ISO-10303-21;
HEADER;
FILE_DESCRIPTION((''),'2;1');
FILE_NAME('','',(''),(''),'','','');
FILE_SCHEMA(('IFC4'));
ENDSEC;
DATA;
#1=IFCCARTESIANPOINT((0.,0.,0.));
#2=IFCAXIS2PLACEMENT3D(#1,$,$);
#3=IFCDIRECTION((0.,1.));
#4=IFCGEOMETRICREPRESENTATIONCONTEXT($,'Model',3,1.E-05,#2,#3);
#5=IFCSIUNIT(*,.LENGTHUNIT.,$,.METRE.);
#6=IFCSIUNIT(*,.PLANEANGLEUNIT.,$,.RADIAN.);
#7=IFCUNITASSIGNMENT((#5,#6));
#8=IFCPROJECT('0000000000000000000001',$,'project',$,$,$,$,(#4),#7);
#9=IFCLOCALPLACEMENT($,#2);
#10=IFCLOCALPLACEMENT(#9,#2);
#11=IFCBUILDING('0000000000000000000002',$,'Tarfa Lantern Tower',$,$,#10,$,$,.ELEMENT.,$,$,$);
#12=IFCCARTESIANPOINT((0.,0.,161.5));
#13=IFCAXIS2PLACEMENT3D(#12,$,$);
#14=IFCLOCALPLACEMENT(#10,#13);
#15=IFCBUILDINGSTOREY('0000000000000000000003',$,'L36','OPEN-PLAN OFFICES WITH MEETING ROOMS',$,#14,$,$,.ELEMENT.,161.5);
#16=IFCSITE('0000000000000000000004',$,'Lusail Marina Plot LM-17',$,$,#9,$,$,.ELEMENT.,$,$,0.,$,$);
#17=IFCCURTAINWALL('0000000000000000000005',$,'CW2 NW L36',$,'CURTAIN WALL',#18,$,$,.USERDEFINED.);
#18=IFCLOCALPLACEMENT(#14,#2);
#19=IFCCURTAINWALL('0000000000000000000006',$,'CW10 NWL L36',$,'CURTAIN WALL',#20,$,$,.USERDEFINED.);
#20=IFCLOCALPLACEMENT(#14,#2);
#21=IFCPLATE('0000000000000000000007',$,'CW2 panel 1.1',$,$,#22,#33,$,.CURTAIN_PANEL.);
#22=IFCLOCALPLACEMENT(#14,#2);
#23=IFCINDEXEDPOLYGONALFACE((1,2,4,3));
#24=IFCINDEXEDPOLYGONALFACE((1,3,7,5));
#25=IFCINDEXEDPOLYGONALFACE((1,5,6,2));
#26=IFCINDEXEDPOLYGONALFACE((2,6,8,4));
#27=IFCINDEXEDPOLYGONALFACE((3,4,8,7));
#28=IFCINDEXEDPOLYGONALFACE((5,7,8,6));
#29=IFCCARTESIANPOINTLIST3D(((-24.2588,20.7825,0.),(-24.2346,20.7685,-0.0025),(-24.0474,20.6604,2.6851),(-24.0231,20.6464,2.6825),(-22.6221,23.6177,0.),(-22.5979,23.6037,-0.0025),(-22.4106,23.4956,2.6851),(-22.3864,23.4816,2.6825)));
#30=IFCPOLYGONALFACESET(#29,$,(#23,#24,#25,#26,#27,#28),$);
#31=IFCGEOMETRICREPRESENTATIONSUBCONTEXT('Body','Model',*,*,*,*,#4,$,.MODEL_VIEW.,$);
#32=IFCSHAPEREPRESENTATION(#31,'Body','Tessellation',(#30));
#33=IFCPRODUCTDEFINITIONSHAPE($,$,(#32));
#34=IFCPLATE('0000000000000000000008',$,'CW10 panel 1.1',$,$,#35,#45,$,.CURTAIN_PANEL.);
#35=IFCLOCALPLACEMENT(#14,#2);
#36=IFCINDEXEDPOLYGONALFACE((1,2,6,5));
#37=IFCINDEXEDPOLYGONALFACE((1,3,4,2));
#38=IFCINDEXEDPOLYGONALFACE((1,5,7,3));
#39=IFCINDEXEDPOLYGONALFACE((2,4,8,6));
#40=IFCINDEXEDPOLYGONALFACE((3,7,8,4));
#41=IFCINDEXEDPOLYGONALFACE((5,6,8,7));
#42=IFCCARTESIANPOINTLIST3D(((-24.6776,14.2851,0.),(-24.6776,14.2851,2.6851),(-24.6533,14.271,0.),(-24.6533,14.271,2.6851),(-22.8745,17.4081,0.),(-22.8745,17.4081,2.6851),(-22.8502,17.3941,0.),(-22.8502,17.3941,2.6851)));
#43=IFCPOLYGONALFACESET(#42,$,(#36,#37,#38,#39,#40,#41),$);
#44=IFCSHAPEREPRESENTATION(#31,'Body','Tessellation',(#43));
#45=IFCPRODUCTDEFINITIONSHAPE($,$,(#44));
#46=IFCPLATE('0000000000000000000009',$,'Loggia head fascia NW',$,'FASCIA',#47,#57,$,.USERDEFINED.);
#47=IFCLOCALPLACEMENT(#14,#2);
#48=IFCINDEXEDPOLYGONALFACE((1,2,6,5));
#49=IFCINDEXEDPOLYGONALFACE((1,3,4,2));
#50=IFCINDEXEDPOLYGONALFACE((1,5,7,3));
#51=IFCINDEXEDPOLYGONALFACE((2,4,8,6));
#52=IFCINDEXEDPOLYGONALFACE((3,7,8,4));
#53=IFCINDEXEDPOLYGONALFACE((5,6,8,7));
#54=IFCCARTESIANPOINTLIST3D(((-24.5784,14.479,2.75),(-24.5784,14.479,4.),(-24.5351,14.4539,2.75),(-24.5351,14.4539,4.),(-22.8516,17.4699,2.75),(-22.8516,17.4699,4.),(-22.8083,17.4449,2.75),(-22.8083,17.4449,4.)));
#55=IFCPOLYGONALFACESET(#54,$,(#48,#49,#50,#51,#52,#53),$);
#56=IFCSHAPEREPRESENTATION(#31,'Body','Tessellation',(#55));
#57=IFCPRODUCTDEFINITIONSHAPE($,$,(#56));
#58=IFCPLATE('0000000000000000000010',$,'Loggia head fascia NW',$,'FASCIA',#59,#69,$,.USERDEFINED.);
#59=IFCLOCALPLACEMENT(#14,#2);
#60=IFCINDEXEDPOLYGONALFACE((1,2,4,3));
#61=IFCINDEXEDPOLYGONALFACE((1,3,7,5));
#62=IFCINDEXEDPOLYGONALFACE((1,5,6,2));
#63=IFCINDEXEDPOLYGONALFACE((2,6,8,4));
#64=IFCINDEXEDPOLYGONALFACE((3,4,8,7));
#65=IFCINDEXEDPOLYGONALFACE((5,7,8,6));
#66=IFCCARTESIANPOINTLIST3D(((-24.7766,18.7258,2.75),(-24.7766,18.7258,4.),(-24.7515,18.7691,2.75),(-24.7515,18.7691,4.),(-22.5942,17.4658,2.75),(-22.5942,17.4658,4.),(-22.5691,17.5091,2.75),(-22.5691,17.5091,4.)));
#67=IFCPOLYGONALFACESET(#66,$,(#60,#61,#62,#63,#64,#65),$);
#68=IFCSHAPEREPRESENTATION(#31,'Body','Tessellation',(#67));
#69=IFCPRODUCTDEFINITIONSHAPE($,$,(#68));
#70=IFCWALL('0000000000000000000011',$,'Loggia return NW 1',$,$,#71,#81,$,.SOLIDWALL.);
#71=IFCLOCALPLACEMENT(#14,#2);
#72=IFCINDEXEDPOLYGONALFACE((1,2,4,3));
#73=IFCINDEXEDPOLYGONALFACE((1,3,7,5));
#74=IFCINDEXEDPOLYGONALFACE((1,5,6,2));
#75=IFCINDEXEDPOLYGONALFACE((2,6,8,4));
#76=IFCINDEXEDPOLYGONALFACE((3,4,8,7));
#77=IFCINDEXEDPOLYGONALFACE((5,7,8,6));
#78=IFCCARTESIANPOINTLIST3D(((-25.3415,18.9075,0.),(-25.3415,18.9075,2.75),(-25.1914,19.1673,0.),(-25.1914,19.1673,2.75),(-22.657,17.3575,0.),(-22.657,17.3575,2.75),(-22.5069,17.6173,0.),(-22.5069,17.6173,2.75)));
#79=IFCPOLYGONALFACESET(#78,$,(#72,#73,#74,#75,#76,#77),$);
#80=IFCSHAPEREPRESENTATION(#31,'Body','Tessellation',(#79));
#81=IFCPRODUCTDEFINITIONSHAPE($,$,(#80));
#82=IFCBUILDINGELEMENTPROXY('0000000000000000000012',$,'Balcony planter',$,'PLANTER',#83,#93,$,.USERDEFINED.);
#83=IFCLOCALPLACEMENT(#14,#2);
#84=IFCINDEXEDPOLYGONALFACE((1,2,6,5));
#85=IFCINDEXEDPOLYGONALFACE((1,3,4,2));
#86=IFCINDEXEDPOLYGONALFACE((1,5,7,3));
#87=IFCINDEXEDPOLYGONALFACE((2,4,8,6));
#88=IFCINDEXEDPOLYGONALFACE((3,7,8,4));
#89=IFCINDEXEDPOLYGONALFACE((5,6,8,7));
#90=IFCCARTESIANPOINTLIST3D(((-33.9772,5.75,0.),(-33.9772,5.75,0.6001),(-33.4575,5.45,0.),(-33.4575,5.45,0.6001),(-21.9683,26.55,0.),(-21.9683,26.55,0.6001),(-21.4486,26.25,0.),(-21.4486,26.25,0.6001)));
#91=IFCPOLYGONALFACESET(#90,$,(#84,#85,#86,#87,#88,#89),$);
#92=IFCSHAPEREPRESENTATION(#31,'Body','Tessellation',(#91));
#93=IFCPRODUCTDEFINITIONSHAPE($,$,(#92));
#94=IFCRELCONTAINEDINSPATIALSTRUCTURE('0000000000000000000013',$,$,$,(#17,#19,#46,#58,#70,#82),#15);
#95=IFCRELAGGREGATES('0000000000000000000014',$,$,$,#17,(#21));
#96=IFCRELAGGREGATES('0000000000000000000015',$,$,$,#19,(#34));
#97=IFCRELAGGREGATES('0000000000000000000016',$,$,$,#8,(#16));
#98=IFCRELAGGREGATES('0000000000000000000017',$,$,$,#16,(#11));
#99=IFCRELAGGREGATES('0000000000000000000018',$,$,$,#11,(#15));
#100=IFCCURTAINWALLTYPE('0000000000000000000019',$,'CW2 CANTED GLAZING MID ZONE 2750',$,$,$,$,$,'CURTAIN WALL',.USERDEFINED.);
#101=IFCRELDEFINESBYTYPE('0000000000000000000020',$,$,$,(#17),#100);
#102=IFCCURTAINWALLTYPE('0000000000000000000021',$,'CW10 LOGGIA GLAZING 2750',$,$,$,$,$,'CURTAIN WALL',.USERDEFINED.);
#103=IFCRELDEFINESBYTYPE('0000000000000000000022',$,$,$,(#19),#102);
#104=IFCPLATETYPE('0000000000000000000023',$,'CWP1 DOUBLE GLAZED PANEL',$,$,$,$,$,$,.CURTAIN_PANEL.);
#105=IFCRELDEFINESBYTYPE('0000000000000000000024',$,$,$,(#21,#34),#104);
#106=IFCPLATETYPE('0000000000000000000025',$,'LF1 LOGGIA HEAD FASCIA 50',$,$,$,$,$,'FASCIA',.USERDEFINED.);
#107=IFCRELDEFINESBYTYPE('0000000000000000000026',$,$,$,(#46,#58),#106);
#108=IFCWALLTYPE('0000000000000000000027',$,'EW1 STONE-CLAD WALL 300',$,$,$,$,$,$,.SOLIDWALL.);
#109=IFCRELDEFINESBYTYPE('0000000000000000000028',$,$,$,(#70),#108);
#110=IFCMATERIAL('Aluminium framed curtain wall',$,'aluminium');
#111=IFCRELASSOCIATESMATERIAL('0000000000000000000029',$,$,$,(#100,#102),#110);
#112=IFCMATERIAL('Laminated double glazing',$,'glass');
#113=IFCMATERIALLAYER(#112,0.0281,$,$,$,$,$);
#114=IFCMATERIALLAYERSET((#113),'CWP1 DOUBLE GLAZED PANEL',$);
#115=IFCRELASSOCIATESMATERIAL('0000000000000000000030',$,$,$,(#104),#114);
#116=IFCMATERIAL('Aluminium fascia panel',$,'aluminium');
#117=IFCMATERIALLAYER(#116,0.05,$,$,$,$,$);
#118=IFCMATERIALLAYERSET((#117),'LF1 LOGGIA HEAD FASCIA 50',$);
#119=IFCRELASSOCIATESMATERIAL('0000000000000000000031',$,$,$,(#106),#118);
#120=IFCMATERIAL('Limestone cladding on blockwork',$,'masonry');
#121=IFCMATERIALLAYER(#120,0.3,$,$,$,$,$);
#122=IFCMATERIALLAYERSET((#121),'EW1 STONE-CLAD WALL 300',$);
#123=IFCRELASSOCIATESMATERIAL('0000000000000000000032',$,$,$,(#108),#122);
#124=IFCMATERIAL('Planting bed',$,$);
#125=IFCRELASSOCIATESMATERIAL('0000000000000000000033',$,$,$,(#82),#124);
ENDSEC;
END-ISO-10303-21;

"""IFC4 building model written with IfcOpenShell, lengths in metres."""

from ifc_helpers import new_model, si_unit, direction, frame, frame_2d, origin, origin_2d, place, context, subcontext, project, spatial, polyline, rectangle, outline, extrude, material, layer, layer_set, type_object, element, aggregate, save


model = new_model("IFC4")

# Units and contexts
model_context = context("Model", 3, precision=1e-05, world=origin(), true_north=direction((0.0, 1.0)))
body_context = subcontext(model_context, "Body", "Model", "MODEL_VIEW")
ifc_project = project(units=[si_unit("LENGTHUNIT", "METRE"), si_unit("PLANEANGLEUNIT", "RADIAN")], contexts=[model_context])

# Site, building, storey
site_placement = place(None, origin())
site = spatial("IfcSite", under=ifc_project, at=site_placement, Name="Lusail Marina Plot LM-17", CompositionType="ELEMENT", RefElevation=0.0)
building_placement = place(site_placement, origin())
building = spatial("IfcBuilding", under=site, at=building_placement, Name="Tarfa Lantern Tower", CompositionType="ELEMENT")
storey_placement = place(building_placement, frame((0.0, 0.0, 161.5)))
storey = spatial("IfcBuildingStorey", under=building, at=storey_placement, Name="L36", Description="OPEN-PLAN OFFICES WITH MEETING ROOMS", CompositionType="ELEMENT", Elevation=161.5)

# Shared definitions
ifc_material_1 = material(Name="Aluminium framed curtain wall", Category="aluminium")
curtain_wall_type_1 = type_object("IfcCurtainWallType", Name="CW2 CANTED GLAZING MID ZONE 2750", ElementType="CURTAIN WALL", PredefinedType="USERDEFINED", material=ifc_material_1)

# Curtain walls
curtain_wall_1_placement = place(storey_placement, origin())
curtain_wall_1 = element("IfcCurtainWall", 1, at=curtain_wall_1_placement, inside=storey, type_object=curtain_wall_type_1, Name="CW2 NW L36", ObjectType="CURTAIN WALL", PredefinedType="USERDEFINED")
curtain_wall_type_2 = type_object("IfcCurtainWallType", Name="CW10 LOGGIA GLAZING 2750", ElementType="CURTAIN WALL", PredefinedType="USERDEFINED", material=ifc_material_1)
curtain_wall_2_placement = place(storey_placement, origin())
curtain_wall_2 = element("IfcCurtainWall", 2, at=curtain_wall_2_placement, inside=storey, type_object=curtain_wall_type_2, Name="CW10 NWL L36", ObjectType="CURTAIN WALL", PredefinedType="USERDEFINED")

# Plates
ifc_material_2 = material(Name="Laminated double glazing", Category="glass")
ifc_layer_1 = layer(ifc_material_2, 0.0281)
ifc_layer_set_1 = layer_set([ifc_layer_1], Name="CWP1 DOUBLE GLAZED PANEL")
plate_type_1 = type_object("IfcPlateType", Name="CWP1 DOUBLE GLAZED PANEL", PredefinedType="CURTAIN_PANEL", material=ifc_layer_set_1)
plate_1_placement = place(storey_placement, frame((-22.6221, 23.6177, 0.0), z_axis=(-0.862492, 0.497903, 0.09055), x_axis=(-0.499957, -0.86605, 0.0)))
plate_1 = element("IfcPlate", 3, at=plate_1_placement, type_object=plate_type_1, Name="CW2 panel 1.1", PredefinedType="CURTAIN_PANEL", context=body_context, shape_type="SweptSolid", body=[
    extrude(outline(polyline([(0.0, 0.0), (3.2737, 0.0), (3.2737, 2.6961), (0.0, 2.6961), (0.0, 0.0)])), origin(), (0.0, 0.0, -1.0), 0.0281),
])
aggregate(curtain_wall_1, [plate_1])
plate_2_placement = place(storey_placement, frame((-23.7639, 15.8396, 0.0), z_axis=(0.0, 0.0, 1.0), x_axis=(-0.5, -0.866025, 0.0)))
plate_2 = element("IfcPlate", 4, at=plate_2_placement, type_object=plate_type_1, Name="CW10 panel 1.1", PredefinedType="CURTAIN_PANEL", context=body_context, shape_type="SweptSolid", body=[
    extrude(rectangle(XDim=3.6062, YDim=0.0281, at=origin_2d()), origin(), (0.0, 0.0, 1.0), 2.6851),
])
aggregate(curtain_wall_2, [plate_2])

# Plates
ifc_material_3 = material(Name="Aluminium fascia panel", Category="aluminium")
ifc_layer_2 = layer(ifc_material_3, 0.05)
ifc_layer_set_2 = layer_set([ifc_layer_2], Name="LF1 LOGGIA HEAD FASCIA 50")
plate_type_2 = type_object("IfcPlateType", Name="LF1 LOGGIA HEAD FASCIA 50", ElementType="FASCIA", PredefinedType="USERDEFINED", material=ifc_layer_set_2)
plate_3_placement = place(storey_placement, frame((-23.6934, 15.9619, 2.75), z_axis=(0.0, 0.0, 1.0), x_axis=(-0.5, -0.866025, 0.0)))
element("IfcPlate", 5, at=plate_3_placement, inside=storey, type_object=plate_type_2, Name="Loggia head fascia NW", ObjectType="FASCIA", PredefinedType="USERDEFINED", context=body_context, shape_type="SweptSolid", body=[
    extrude(rectangle(XDim=3.4536, YDim=0.05, at=origin_2d()), origin(), (0.0, 0.0, 1.0), 1.25),
])
plate_4_placement = place(storey_placement, frame((-23.6729, 18.1174, 2.75), z_axis=(0.0, 0.0, 1.0), x_axis=(0.866025, -0.5, 0.0)))
element("IfcPlate", 6, at=plate_4_placement, inside=storey, type_object=plate_type_2, Name="Loggia head fascia NW", ObjectType="FASCIA", PredefinedType="USERDEFINED", context=body_context, shape_type="SweptSolid", body=[
    extrude(rectangle(XDim=2.52, YDim=0.05, at=origin_2d()), origin(), (0.0, 0.0, 1.0), 1.25),
])

# Wall
ifc_material_4 = material(Name="Limestone cladding on blockwork", Category="masonry")
ifc_layer_3 = layer(ifc_material_4, 0.3)
ifc_layer_set_3 = layer_set([ifc_layer_3], Name="EW1 STONE-CLAD WALL 300")
wall_type = type_object("IfcWallType", Name="EW1 STONE-CLAD WALL 300", PredefinedType="SOLIDWALL", material=ifc_layer_set_3)
wall_placement = place(storey_placement, frame((-25.2664, 19.0374, 0.0), z_axis=(0.0, 0.0, 1.0), x_axis=(0.86601, -0.500027, 0.0)))
element("IfcWall", 7, at=wall_placement, inside=storey, type_object=wall_type, Name="Loggia return NW 1", PredefinedType="SOLIDWALL", context=body_context, shape_type="SweptSolid", body=[
    extrude(rectangle(XDim=3.0999, YDim=0.3, at=frame_2d((1.5498, 0.0))), origin(), (0.0, 0.0, 1.0), 2.75),
])

# Building element proxy
ifc_material_5 = material(Name="Planting bed")
proxy_placement = place(storey_placement, frame((-27.7129, 16.0, 0.0), z_axis=(0.0, 0.0, 1.0), x_axis=(-0.5, -0.866025, 0.0)))
element("IfcBuildingElementProxy", 8, at=proxy_placement, inside=storey, material=ifc_material_5, Name="Balcony planter", ObjectType="PLANTER", PredefinedType="USERDEFINED", context=body_context, shape_type="SweptSolid", body=[
    extrude(rectangle(XDim=24.0178, YDim=0.6001, at=origin_2d()), origin(), (0.0, 0.0, 1.0), 0.6001),
])

save(model, "model.ifc")
